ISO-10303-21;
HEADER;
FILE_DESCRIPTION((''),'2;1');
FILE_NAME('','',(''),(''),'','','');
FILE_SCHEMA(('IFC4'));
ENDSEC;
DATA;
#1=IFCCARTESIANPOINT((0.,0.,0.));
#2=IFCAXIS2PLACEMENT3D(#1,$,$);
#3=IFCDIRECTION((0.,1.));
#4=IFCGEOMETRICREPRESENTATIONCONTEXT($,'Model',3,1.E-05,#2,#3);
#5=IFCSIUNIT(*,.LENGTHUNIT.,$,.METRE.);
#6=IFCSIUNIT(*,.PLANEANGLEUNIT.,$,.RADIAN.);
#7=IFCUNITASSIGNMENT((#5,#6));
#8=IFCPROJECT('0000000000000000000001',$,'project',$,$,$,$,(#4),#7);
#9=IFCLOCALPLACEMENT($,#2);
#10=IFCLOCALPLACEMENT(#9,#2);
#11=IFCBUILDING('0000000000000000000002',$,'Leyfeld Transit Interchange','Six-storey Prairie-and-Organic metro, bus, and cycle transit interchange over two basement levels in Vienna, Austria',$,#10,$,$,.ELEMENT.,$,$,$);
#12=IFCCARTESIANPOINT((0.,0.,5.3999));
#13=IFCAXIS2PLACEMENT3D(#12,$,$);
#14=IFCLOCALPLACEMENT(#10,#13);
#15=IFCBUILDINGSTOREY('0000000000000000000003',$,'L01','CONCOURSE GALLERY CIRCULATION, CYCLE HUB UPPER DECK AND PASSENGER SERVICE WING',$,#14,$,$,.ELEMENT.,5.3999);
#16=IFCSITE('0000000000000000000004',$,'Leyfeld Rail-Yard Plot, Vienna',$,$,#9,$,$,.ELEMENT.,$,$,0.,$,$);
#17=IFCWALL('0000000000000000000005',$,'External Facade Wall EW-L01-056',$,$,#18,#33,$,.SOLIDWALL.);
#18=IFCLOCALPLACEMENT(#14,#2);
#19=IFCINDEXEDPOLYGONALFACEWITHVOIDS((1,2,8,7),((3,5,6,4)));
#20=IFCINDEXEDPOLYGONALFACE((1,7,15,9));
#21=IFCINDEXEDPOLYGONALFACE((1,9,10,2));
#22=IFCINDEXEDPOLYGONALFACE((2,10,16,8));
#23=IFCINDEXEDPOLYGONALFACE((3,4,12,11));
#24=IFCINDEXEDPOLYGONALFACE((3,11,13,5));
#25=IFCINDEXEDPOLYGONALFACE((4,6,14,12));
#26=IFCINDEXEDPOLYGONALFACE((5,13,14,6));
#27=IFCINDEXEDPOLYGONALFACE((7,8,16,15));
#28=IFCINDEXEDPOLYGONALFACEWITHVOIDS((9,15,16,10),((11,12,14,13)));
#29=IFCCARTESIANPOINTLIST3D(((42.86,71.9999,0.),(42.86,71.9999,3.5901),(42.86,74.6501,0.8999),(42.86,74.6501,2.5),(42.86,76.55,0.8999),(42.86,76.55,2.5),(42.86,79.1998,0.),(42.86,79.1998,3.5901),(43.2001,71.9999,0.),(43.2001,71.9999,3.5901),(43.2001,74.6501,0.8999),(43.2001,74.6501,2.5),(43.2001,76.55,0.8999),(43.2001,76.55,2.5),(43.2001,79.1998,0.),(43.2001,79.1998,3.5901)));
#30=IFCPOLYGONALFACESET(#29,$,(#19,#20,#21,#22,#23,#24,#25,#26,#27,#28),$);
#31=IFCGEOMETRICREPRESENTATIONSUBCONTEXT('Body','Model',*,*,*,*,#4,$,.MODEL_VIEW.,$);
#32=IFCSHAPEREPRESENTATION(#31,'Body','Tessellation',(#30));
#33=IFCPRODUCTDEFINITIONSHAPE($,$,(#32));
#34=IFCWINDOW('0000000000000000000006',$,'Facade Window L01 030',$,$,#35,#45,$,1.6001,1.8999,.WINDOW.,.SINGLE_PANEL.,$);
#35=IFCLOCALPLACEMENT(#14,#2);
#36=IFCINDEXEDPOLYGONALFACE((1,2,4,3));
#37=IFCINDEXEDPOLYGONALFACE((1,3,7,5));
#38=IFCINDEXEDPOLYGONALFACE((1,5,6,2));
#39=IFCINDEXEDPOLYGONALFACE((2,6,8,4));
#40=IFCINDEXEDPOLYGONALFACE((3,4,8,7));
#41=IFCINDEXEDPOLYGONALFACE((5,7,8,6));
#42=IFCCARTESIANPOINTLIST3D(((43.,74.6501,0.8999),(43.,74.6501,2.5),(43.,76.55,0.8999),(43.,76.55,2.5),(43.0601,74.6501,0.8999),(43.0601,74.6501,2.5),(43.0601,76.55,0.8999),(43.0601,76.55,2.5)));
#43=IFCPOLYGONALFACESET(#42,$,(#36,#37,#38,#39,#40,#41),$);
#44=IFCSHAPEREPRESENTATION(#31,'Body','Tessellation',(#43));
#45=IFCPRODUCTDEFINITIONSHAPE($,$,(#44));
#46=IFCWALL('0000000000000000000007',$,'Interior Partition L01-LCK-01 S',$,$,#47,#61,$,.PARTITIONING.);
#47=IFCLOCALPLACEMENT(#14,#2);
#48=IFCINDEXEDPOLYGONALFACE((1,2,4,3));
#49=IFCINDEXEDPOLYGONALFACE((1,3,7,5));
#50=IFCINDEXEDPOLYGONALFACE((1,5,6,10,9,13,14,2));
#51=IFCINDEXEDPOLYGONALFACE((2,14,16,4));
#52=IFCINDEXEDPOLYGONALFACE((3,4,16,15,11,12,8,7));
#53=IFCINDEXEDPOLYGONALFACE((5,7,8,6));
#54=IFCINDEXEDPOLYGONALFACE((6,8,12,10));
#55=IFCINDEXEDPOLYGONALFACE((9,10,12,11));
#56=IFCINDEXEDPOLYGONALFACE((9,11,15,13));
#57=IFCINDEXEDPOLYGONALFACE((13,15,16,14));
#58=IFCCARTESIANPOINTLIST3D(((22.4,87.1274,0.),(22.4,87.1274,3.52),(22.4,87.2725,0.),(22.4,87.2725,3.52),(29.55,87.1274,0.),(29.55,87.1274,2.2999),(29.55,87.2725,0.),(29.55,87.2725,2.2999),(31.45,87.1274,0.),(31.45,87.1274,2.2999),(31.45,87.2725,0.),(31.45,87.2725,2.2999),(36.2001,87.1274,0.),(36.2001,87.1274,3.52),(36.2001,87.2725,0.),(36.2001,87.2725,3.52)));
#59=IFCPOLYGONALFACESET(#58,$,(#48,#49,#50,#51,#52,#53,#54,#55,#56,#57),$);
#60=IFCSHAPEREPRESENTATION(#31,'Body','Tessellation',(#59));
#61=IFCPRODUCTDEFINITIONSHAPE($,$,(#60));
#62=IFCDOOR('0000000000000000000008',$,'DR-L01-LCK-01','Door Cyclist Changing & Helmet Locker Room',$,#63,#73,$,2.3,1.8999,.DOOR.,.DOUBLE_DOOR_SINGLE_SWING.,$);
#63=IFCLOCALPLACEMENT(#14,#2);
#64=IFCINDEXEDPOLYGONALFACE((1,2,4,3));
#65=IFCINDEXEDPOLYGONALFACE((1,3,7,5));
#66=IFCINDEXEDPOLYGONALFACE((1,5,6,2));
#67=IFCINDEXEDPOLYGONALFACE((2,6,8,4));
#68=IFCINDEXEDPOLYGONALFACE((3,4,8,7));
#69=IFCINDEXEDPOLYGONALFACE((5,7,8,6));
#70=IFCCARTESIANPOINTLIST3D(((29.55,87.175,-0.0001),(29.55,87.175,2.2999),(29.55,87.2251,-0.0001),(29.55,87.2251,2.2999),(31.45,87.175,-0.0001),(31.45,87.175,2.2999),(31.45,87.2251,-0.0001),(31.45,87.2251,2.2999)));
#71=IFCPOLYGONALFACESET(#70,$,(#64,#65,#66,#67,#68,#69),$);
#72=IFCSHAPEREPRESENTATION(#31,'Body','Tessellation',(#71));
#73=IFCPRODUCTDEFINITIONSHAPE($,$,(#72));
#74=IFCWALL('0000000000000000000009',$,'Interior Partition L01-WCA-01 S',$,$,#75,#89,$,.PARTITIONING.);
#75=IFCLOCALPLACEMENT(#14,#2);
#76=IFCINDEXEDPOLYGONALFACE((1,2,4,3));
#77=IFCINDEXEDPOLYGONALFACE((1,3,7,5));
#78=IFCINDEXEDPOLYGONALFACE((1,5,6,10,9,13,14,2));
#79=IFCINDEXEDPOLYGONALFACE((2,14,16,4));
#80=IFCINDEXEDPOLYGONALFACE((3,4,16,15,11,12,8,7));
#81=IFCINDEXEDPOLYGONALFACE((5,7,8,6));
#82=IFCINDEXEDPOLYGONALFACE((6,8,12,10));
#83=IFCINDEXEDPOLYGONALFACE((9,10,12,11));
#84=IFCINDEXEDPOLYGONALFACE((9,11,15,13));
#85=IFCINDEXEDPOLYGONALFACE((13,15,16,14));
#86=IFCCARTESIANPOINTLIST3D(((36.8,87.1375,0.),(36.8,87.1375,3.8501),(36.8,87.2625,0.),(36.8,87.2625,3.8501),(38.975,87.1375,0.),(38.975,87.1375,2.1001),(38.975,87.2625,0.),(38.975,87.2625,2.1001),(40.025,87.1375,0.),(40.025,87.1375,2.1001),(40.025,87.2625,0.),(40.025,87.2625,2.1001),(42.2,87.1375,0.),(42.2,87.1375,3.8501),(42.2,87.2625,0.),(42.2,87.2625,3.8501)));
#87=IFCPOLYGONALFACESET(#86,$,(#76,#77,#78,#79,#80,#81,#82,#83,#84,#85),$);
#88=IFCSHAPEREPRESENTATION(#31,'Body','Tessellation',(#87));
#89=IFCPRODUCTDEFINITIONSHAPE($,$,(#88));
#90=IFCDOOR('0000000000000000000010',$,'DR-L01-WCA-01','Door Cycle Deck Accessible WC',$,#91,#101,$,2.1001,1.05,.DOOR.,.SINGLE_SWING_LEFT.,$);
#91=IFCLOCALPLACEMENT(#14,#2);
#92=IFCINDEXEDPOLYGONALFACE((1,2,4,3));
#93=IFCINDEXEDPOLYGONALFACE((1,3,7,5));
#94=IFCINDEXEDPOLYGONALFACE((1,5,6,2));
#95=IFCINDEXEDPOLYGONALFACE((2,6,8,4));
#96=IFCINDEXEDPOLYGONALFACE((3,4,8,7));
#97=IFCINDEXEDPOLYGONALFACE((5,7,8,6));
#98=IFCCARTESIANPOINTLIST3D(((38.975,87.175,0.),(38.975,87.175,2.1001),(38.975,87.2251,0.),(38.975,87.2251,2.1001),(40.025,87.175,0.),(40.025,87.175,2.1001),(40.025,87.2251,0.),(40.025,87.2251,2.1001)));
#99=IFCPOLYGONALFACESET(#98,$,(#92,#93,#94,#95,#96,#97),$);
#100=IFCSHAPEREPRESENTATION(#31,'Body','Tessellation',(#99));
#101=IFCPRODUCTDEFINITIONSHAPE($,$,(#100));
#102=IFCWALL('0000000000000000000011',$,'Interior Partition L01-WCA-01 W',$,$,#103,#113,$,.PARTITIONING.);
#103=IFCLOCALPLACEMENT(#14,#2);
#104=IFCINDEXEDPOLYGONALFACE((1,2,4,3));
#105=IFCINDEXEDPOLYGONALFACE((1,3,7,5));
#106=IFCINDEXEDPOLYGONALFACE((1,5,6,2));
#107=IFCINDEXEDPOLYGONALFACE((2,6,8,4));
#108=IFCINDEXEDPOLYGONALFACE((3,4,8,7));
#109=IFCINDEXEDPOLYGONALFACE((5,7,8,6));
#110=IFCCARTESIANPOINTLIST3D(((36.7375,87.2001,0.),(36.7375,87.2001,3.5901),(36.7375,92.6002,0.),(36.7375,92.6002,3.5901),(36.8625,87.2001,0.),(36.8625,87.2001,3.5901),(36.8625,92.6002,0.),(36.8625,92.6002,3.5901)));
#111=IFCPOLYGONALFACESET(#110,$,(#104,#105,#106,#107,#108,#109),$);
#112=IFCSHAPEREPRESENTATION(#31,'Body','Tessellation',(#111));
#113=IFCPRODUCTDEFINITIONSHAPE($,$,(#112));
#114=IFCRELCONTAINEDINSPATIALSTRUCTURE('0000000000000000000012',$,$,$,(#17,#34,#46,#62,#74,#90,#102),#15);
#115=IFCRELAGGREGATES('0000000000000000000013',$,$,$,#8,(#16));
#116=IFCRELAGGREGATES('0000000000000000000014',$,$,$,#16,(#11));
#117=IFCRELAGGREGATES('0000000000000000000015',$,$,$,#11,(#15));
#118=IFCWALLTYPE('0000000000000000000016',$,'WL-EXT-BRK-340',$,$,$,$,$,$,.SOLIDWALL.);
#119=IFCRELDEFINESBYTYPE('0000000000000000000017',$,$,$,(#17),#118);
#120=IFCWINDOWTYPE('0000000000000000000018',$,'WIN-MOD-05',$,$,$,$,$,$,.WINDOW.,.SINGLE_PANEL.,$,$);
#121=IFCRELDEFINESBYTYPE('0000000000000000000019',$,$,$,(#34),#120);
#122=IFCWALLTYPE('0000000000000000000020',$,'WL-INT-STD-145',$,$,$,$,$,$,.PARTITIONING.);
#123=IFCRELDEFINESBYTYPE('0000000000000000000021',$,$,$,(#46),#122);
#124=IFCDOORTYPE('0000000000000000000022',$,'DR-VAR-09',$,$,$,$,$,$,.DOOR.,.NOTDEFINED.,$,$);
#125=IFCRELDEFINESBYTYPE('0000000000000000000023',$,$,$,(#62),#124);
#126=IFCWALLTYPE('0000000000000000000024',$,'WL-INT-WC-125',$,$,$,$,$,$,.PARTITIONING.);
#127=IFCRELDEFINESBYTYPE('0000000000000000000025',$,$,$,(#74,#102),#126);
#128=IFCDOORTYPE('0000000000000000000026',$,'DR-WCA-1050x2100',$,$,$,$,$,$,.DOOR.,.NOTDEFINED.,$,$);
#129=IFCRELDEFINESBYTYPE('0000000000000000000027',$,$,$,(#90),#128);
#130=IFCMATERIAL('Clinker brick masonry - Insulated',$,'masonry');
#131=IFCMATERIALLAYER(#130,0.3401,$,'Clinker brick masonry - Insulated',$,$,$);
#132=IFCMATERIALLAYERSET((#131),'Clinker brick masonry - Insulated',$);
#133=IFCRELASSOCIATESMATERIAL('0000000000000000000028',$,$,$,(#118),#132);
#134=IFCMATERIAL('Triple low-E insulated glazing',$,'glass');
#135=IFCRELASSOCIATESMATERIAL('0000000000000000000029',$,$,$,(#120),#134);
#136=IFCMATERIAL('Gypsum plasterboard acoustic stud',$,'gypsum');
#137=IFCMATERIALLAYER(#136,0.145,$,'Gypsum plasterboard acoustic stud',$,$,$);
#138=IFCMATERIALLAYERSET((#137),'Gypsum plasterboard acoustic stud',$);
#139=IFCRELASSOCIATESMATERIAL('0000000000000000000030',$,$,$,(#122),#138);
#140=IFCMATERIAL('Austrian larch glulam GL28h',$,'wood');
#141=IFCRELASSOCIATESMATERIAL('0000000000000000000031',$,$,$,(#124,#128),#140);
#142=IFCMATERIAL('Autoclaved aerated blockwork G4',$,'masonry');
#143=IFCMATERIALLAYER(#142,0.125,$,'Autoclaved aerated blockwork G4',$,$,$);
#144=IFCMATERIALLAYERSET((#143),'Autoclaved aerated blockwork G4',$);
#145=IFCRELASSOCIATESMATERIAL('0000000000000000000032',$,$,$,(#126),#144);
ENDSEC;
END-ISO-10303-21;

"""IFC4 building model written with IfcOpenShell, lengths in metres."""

from ifc_helpers import new_model, si_unit, direction, frame, frame_2d, origin, place, context, subcontext, project, spatial, rectangle, extrude, material, layer, layer_set, type_object, element, fill, save


model = new_model("IFC4")

# Units and contexts
model_context = context("Model", 3, precision=1e-05, world=origin(), true_north=direction((0.0, 1.0)))
body_context = subcontext(model_context, "Body", "Model", "MODEL_VIEW")
ifc_project = project(units=[si_unit("LENGTHUNIT", "METRE"), si_unit("PLANEANGLEUNIT", "RADIAN")], contexts=[model_context])

# Site, building, storey
site_placement = place(None, origin())
site = spatial("IfcSite", under=ifc_project, at=site_placement, Name="Leyfeld Rail-Yard Plot, Vienna", CompositionType="ELEMENT", RefElevation=0.0)
building_placement = place(site_placement, origin())
building = spatial("IfcBuilding", under=site, at=building_placement, Name="Leyfeld Transit Interchange", Description="Six-storey Prairie-and-Organic metro, bus, and cycle transit interchange over two basement levels in Vienna, Austria", CompositionType="ELEMENT")
storey_placement = place(building_placement, frame((0.0, 0.0, 5.3999)))
storey = spatial("IfcBuildingStorey", under=building, at=storey_placement, Name="L01", Description="CONCOURSE GALLERY CIRCULATION, CYCLE HUB UPPER DECK AND PASSENGER SERVICE WING", CompositionType="ELEMENT", Elevation=5.3999)

# Wall, opening, window
ifc_material_1 = material(Name="Clinker brick masonry - Insulated", Category="masonry")
ifc_layer_1 = layer(ifc_material_1, 0.3401, Name="Clinker brick masonry - Insulated")
ifc_layer_set_1 = layer_set([ifc_layer_1], Name="Clinker brick masonry - Insulated")
wall_type_1 = type_object("IfcWallType", Name="WL-EXT-BRK-340", PredefinedType="SOLIDWALL", material=ifc_layer_set_1)
ifc_material_2 = material(Name="Triple low-E insulated glazing", Category="glass")
wall_1_placement = place(storey_placement, frame((43.03, 79.2, 0.0), z_axis=(0.0, 0.0, 1.0), x_axis=(0.0, -1.0, 0.0)))
wall_1 = element("IfcWall", 1, at=wall_1_placement, inside=storey, type_object=wall_type_1, Name="External Facade Wall EW-L01-056", PredefinedType="SOLIDWALL", context=body_context, shape_type="SweptSolid", body=[
    extrude(rectangle(XDim=7.2, YDim=0.3401, at=frame_2d((3.6001, 0.0))), origin(), (0.0, 0.0, 1.0), 3.5901),
])
opening_1_placement = place(wall_1_placement, frame((2.6499, 0.0, 0.8999)))
opening_1 = element("IfcOpeningElement", 2, at=opening_1_placement, cuts=wall_1, PredefinedType="OPENING", context=body_context, shape_type="SweptSolid", body=[
    extrude(rectangle(XDim=1.8999, YDim=1.6001, at=frame_2d((0.95, 0.8))), frame((0.0, 0.1799, 0.0), z_axis=(0.0, -1.0, 0.0), x_axis=(1.0, 0.0, 0.0)), (0.0, 0.0, 1.0), 0.3601),
])
window_type_1 = type_object("IfcWindowType", Name="WIN-MOD-05", PartitioningType="SINGLE_PANEL", PredefinedType="WINDOW", material=ifc_material_2)
window_1_placement = place(opening_1_placement, origin())
window_1 = element("IfcWindow", 3, at=window_1_placement, inside=storey, type_object=window_type_1, Name="Facade Window L01 030", OverallHeight=1.6001, OverallWidth=1.8999, PartitioningType="SINGLE_PANEL", PredefinedType="WINDOW", context=body_context, shape_type="SweptSolid", body=[
    extrude(rectangle(XDim=1.8999, YDim=1.6001, at=frame_2d((0.95, 0.8))), frame((0.0, 0.03, 0.0), z_axis=(0.0, -1.0, 0.0), x_axis=(1.0, 0.0, 0.0)), (0.0, 0.0, 1.0), 0.0601),
])
fill(opening_1, window_1)

# Walls, openings, doors
ifc_material_3 = material(Name="Gypsum plasterboard acoustic stud", Category="gypsum")
ifc_layer_2 = layer(ifc_material_3, 0.145, Name="Gypsum plasterboard acoustic stud")
ifc_layer_set_2 = layer_set([ifc_layer_2], Name="Gypsum plasterboard acoustic stud")
wall_type_2 = type_object("IfcWallType", Name="WL-INT-STD-145", PredefinedType="PARTITIONING", material=ifc_layer_set_2)
wall_2_placement = place(storey_placement, frame((36.2, 87.2, 0.0), z_axis=(0.0, 0.0, 1.0), x_axis=(-1.0, 0.0, 0.0)))
wall_2 = element("IfcWall", 4, at=wall_2_placement, inside=storey, type_object=wall_type_2, Name="Interior Partition L01-LCK-01 S", PredefinedType="PARTITIONING", context=body_context, shape_type="SweptSolid", body=[
    extrude(rectangle(XDim=13.8, YDim=0.145, at=frame_2d((6.8999, 0.0))), origin(), (0.0, 0.0, 1.0), 3.52),
])
opening_2_placement = place(wall_2_placement, frame((4.75, 0.0, 0.0)))
opening_2 = element("IfcOpeningElement", 5, at=opening_2_placement, cuts=wall_2, PredefinedType="OPENING", context=body_context, shape_type="SweptSolid", body=[
    extrude(rectangle(XDim=1.8999, YDim=2.3, at=frame_2d((0.95, 1.1499))), frame((0.0, 0.0825, 0.0), z_axis=(0.0, -1.0, 0.0), x_axis=(1.0, 0.0, 0.0)), (0.0, 0.0, 1.0), 0.165),
])
ifc_material_4 = material(Name="Austrian larch glulam GL28h", Category="wood")
door_type_1 = type_object("IfcDoorType", Name="DR-VAR-09", OperationType="NOTDEFINED", PredefinedType="DOOR", material=ifc_material_4)
door_1_placement = place(opening_2_placement, origin())
door_1 = element("IfcDoor", 6, at=door_1_placement, inside=storey, type_object=door_type_1, Name="DR-L01-LCK-01", Description="Door Cyclist Changing & Helmet Locker Room", OperationType="DOUBLE_DOOR_SINGLE_SWING", OverallHeight=2.3, OverallWidth=1.8999, PredefinedType="DOOR", context=body_context, shape_type="SweptSolid", body=[
    extrude(rectangle(XDim=1.8999, YDim=2.3, at=frame_2d((0.95, 1.1499))), frame((0.0, 0.0249, 0.0), z_axis=(0.0, -1.0, 0.0), x_axis=(1.0, 0.0, 0.0)), (0.0, 0.0, 1.0), 0.05),
])
fill(opening_2, door_1)
ifc_material_5 = material(Name="Autoclaved aerated blockwork G4", Category="masonry")
ifc_layer_3 = layer(ifc_material_5, 0.125, Name="Autoclaved aerated blockwork G4")
ifc_layer_set_3 = layer_set([ifc_layer_3], Name="Autoclaved aerated blockwork G4")
wall_type_3 = type_object("IfcWallType", Name="WL-INT-WC-125", PredefinedType="PARTITIONING", material=ifc_layer_set_3)
wall_3_placement = place(storey_placement, frame((42.2, 87.2, 0.0), z_axis=(0.0, 0.0, 1.0), x_axis=(-1.0, 0.0, 0.0)))
wall_3 = element("IfcWall", 7, at=wall_3_placement, inside=storey, type_object=wall_type_3, Name="Interior Partition L01-WCA-01 S", PredefinedType="PARTITIONING", context=body_context, shape_type="SweptSolid", body=[
    extrude(rectangle(XDim=5.3999, YDim=0.125, at=frame_2d((2.7, 0.0))), origin(), (0.0, 0.0, 1.0), 3.8501),
])
opening_3_placement = place(wall_3_placement, frame((2.175, 0.0, 0.0)))
opening_3 = element("IfcOpeningElement", 8, at=opening_3_placement, cuts=wall_3, PredefinedType="OPENING", context=body_context, shape_type="SweptSolid", body=[
    extrude(rectangle(XDim=1.05, YDim=2.1001, at=frame_2d((0.5249, 1.05))), frame((0.0, 0.0725, 0.0), z_axis=(0.0, -1.0, 0.0), x_axis=(1.0, 0.0, 0.0)), (0.0, 0.0, 1.0), 0.145),
])
door_type_2 = type_object("IfcDoorType", Name="DR-WCA-1050x2100", OperationType="NOTDEFINED", PredefinedType="DOOR", material=ifc_material_4)
door_2_placement = place(opening_3_placement, origin())
door_2 = element("IfcDoor", 9, at=door_2_placement, inside=storey, type_object=door_type_2, Name="DR-L01-WCA-01", Description="Door Cycle Deck Accessible WC", OperationType="SINGLE_SWING_LEFT", OverallHeight=2.1001, OverallWidth=1.05, PredefinedType="DOOR", context=body_context, shape_type="SweptSolid", body=[
    extrude(rectangle(XDim=1.05, YDim=2.1001, at=frame_2d((0.5249, 1.05))), frame((0.0, 0.0249, 0.0), z_axis=(0.0, -1.0, 0.0), x_axis=(1.0, 0.0, 0.0)), (0.0, 0.0, 1.0), 0.05),
])
fill(opening_3, door_2)

# Wall
wall_4_placement = place(storey_placement, frame((36.8, 87.2, 0.0), z_axis=(0.0, 0.0, 1.0), x_axis=(0.0, 1.0, 0.0)))
element("IfcWall", 10, at=wall_4_placement, inside=storey, type_object=wall_type_3, Name="Interior Partition L01-WCA-01 W", PredefinedType="PARTITIONING", context=body_context, shape_type="SweptSolid", body=[
    extrude(rectangle(XDim=5.4001, YDim=0.125, at=frame_2d((2.7002, 0.0))), origin(), (0.0, 0.0, 1.0), 3.5901),
])

save(model, "model.ifc")
